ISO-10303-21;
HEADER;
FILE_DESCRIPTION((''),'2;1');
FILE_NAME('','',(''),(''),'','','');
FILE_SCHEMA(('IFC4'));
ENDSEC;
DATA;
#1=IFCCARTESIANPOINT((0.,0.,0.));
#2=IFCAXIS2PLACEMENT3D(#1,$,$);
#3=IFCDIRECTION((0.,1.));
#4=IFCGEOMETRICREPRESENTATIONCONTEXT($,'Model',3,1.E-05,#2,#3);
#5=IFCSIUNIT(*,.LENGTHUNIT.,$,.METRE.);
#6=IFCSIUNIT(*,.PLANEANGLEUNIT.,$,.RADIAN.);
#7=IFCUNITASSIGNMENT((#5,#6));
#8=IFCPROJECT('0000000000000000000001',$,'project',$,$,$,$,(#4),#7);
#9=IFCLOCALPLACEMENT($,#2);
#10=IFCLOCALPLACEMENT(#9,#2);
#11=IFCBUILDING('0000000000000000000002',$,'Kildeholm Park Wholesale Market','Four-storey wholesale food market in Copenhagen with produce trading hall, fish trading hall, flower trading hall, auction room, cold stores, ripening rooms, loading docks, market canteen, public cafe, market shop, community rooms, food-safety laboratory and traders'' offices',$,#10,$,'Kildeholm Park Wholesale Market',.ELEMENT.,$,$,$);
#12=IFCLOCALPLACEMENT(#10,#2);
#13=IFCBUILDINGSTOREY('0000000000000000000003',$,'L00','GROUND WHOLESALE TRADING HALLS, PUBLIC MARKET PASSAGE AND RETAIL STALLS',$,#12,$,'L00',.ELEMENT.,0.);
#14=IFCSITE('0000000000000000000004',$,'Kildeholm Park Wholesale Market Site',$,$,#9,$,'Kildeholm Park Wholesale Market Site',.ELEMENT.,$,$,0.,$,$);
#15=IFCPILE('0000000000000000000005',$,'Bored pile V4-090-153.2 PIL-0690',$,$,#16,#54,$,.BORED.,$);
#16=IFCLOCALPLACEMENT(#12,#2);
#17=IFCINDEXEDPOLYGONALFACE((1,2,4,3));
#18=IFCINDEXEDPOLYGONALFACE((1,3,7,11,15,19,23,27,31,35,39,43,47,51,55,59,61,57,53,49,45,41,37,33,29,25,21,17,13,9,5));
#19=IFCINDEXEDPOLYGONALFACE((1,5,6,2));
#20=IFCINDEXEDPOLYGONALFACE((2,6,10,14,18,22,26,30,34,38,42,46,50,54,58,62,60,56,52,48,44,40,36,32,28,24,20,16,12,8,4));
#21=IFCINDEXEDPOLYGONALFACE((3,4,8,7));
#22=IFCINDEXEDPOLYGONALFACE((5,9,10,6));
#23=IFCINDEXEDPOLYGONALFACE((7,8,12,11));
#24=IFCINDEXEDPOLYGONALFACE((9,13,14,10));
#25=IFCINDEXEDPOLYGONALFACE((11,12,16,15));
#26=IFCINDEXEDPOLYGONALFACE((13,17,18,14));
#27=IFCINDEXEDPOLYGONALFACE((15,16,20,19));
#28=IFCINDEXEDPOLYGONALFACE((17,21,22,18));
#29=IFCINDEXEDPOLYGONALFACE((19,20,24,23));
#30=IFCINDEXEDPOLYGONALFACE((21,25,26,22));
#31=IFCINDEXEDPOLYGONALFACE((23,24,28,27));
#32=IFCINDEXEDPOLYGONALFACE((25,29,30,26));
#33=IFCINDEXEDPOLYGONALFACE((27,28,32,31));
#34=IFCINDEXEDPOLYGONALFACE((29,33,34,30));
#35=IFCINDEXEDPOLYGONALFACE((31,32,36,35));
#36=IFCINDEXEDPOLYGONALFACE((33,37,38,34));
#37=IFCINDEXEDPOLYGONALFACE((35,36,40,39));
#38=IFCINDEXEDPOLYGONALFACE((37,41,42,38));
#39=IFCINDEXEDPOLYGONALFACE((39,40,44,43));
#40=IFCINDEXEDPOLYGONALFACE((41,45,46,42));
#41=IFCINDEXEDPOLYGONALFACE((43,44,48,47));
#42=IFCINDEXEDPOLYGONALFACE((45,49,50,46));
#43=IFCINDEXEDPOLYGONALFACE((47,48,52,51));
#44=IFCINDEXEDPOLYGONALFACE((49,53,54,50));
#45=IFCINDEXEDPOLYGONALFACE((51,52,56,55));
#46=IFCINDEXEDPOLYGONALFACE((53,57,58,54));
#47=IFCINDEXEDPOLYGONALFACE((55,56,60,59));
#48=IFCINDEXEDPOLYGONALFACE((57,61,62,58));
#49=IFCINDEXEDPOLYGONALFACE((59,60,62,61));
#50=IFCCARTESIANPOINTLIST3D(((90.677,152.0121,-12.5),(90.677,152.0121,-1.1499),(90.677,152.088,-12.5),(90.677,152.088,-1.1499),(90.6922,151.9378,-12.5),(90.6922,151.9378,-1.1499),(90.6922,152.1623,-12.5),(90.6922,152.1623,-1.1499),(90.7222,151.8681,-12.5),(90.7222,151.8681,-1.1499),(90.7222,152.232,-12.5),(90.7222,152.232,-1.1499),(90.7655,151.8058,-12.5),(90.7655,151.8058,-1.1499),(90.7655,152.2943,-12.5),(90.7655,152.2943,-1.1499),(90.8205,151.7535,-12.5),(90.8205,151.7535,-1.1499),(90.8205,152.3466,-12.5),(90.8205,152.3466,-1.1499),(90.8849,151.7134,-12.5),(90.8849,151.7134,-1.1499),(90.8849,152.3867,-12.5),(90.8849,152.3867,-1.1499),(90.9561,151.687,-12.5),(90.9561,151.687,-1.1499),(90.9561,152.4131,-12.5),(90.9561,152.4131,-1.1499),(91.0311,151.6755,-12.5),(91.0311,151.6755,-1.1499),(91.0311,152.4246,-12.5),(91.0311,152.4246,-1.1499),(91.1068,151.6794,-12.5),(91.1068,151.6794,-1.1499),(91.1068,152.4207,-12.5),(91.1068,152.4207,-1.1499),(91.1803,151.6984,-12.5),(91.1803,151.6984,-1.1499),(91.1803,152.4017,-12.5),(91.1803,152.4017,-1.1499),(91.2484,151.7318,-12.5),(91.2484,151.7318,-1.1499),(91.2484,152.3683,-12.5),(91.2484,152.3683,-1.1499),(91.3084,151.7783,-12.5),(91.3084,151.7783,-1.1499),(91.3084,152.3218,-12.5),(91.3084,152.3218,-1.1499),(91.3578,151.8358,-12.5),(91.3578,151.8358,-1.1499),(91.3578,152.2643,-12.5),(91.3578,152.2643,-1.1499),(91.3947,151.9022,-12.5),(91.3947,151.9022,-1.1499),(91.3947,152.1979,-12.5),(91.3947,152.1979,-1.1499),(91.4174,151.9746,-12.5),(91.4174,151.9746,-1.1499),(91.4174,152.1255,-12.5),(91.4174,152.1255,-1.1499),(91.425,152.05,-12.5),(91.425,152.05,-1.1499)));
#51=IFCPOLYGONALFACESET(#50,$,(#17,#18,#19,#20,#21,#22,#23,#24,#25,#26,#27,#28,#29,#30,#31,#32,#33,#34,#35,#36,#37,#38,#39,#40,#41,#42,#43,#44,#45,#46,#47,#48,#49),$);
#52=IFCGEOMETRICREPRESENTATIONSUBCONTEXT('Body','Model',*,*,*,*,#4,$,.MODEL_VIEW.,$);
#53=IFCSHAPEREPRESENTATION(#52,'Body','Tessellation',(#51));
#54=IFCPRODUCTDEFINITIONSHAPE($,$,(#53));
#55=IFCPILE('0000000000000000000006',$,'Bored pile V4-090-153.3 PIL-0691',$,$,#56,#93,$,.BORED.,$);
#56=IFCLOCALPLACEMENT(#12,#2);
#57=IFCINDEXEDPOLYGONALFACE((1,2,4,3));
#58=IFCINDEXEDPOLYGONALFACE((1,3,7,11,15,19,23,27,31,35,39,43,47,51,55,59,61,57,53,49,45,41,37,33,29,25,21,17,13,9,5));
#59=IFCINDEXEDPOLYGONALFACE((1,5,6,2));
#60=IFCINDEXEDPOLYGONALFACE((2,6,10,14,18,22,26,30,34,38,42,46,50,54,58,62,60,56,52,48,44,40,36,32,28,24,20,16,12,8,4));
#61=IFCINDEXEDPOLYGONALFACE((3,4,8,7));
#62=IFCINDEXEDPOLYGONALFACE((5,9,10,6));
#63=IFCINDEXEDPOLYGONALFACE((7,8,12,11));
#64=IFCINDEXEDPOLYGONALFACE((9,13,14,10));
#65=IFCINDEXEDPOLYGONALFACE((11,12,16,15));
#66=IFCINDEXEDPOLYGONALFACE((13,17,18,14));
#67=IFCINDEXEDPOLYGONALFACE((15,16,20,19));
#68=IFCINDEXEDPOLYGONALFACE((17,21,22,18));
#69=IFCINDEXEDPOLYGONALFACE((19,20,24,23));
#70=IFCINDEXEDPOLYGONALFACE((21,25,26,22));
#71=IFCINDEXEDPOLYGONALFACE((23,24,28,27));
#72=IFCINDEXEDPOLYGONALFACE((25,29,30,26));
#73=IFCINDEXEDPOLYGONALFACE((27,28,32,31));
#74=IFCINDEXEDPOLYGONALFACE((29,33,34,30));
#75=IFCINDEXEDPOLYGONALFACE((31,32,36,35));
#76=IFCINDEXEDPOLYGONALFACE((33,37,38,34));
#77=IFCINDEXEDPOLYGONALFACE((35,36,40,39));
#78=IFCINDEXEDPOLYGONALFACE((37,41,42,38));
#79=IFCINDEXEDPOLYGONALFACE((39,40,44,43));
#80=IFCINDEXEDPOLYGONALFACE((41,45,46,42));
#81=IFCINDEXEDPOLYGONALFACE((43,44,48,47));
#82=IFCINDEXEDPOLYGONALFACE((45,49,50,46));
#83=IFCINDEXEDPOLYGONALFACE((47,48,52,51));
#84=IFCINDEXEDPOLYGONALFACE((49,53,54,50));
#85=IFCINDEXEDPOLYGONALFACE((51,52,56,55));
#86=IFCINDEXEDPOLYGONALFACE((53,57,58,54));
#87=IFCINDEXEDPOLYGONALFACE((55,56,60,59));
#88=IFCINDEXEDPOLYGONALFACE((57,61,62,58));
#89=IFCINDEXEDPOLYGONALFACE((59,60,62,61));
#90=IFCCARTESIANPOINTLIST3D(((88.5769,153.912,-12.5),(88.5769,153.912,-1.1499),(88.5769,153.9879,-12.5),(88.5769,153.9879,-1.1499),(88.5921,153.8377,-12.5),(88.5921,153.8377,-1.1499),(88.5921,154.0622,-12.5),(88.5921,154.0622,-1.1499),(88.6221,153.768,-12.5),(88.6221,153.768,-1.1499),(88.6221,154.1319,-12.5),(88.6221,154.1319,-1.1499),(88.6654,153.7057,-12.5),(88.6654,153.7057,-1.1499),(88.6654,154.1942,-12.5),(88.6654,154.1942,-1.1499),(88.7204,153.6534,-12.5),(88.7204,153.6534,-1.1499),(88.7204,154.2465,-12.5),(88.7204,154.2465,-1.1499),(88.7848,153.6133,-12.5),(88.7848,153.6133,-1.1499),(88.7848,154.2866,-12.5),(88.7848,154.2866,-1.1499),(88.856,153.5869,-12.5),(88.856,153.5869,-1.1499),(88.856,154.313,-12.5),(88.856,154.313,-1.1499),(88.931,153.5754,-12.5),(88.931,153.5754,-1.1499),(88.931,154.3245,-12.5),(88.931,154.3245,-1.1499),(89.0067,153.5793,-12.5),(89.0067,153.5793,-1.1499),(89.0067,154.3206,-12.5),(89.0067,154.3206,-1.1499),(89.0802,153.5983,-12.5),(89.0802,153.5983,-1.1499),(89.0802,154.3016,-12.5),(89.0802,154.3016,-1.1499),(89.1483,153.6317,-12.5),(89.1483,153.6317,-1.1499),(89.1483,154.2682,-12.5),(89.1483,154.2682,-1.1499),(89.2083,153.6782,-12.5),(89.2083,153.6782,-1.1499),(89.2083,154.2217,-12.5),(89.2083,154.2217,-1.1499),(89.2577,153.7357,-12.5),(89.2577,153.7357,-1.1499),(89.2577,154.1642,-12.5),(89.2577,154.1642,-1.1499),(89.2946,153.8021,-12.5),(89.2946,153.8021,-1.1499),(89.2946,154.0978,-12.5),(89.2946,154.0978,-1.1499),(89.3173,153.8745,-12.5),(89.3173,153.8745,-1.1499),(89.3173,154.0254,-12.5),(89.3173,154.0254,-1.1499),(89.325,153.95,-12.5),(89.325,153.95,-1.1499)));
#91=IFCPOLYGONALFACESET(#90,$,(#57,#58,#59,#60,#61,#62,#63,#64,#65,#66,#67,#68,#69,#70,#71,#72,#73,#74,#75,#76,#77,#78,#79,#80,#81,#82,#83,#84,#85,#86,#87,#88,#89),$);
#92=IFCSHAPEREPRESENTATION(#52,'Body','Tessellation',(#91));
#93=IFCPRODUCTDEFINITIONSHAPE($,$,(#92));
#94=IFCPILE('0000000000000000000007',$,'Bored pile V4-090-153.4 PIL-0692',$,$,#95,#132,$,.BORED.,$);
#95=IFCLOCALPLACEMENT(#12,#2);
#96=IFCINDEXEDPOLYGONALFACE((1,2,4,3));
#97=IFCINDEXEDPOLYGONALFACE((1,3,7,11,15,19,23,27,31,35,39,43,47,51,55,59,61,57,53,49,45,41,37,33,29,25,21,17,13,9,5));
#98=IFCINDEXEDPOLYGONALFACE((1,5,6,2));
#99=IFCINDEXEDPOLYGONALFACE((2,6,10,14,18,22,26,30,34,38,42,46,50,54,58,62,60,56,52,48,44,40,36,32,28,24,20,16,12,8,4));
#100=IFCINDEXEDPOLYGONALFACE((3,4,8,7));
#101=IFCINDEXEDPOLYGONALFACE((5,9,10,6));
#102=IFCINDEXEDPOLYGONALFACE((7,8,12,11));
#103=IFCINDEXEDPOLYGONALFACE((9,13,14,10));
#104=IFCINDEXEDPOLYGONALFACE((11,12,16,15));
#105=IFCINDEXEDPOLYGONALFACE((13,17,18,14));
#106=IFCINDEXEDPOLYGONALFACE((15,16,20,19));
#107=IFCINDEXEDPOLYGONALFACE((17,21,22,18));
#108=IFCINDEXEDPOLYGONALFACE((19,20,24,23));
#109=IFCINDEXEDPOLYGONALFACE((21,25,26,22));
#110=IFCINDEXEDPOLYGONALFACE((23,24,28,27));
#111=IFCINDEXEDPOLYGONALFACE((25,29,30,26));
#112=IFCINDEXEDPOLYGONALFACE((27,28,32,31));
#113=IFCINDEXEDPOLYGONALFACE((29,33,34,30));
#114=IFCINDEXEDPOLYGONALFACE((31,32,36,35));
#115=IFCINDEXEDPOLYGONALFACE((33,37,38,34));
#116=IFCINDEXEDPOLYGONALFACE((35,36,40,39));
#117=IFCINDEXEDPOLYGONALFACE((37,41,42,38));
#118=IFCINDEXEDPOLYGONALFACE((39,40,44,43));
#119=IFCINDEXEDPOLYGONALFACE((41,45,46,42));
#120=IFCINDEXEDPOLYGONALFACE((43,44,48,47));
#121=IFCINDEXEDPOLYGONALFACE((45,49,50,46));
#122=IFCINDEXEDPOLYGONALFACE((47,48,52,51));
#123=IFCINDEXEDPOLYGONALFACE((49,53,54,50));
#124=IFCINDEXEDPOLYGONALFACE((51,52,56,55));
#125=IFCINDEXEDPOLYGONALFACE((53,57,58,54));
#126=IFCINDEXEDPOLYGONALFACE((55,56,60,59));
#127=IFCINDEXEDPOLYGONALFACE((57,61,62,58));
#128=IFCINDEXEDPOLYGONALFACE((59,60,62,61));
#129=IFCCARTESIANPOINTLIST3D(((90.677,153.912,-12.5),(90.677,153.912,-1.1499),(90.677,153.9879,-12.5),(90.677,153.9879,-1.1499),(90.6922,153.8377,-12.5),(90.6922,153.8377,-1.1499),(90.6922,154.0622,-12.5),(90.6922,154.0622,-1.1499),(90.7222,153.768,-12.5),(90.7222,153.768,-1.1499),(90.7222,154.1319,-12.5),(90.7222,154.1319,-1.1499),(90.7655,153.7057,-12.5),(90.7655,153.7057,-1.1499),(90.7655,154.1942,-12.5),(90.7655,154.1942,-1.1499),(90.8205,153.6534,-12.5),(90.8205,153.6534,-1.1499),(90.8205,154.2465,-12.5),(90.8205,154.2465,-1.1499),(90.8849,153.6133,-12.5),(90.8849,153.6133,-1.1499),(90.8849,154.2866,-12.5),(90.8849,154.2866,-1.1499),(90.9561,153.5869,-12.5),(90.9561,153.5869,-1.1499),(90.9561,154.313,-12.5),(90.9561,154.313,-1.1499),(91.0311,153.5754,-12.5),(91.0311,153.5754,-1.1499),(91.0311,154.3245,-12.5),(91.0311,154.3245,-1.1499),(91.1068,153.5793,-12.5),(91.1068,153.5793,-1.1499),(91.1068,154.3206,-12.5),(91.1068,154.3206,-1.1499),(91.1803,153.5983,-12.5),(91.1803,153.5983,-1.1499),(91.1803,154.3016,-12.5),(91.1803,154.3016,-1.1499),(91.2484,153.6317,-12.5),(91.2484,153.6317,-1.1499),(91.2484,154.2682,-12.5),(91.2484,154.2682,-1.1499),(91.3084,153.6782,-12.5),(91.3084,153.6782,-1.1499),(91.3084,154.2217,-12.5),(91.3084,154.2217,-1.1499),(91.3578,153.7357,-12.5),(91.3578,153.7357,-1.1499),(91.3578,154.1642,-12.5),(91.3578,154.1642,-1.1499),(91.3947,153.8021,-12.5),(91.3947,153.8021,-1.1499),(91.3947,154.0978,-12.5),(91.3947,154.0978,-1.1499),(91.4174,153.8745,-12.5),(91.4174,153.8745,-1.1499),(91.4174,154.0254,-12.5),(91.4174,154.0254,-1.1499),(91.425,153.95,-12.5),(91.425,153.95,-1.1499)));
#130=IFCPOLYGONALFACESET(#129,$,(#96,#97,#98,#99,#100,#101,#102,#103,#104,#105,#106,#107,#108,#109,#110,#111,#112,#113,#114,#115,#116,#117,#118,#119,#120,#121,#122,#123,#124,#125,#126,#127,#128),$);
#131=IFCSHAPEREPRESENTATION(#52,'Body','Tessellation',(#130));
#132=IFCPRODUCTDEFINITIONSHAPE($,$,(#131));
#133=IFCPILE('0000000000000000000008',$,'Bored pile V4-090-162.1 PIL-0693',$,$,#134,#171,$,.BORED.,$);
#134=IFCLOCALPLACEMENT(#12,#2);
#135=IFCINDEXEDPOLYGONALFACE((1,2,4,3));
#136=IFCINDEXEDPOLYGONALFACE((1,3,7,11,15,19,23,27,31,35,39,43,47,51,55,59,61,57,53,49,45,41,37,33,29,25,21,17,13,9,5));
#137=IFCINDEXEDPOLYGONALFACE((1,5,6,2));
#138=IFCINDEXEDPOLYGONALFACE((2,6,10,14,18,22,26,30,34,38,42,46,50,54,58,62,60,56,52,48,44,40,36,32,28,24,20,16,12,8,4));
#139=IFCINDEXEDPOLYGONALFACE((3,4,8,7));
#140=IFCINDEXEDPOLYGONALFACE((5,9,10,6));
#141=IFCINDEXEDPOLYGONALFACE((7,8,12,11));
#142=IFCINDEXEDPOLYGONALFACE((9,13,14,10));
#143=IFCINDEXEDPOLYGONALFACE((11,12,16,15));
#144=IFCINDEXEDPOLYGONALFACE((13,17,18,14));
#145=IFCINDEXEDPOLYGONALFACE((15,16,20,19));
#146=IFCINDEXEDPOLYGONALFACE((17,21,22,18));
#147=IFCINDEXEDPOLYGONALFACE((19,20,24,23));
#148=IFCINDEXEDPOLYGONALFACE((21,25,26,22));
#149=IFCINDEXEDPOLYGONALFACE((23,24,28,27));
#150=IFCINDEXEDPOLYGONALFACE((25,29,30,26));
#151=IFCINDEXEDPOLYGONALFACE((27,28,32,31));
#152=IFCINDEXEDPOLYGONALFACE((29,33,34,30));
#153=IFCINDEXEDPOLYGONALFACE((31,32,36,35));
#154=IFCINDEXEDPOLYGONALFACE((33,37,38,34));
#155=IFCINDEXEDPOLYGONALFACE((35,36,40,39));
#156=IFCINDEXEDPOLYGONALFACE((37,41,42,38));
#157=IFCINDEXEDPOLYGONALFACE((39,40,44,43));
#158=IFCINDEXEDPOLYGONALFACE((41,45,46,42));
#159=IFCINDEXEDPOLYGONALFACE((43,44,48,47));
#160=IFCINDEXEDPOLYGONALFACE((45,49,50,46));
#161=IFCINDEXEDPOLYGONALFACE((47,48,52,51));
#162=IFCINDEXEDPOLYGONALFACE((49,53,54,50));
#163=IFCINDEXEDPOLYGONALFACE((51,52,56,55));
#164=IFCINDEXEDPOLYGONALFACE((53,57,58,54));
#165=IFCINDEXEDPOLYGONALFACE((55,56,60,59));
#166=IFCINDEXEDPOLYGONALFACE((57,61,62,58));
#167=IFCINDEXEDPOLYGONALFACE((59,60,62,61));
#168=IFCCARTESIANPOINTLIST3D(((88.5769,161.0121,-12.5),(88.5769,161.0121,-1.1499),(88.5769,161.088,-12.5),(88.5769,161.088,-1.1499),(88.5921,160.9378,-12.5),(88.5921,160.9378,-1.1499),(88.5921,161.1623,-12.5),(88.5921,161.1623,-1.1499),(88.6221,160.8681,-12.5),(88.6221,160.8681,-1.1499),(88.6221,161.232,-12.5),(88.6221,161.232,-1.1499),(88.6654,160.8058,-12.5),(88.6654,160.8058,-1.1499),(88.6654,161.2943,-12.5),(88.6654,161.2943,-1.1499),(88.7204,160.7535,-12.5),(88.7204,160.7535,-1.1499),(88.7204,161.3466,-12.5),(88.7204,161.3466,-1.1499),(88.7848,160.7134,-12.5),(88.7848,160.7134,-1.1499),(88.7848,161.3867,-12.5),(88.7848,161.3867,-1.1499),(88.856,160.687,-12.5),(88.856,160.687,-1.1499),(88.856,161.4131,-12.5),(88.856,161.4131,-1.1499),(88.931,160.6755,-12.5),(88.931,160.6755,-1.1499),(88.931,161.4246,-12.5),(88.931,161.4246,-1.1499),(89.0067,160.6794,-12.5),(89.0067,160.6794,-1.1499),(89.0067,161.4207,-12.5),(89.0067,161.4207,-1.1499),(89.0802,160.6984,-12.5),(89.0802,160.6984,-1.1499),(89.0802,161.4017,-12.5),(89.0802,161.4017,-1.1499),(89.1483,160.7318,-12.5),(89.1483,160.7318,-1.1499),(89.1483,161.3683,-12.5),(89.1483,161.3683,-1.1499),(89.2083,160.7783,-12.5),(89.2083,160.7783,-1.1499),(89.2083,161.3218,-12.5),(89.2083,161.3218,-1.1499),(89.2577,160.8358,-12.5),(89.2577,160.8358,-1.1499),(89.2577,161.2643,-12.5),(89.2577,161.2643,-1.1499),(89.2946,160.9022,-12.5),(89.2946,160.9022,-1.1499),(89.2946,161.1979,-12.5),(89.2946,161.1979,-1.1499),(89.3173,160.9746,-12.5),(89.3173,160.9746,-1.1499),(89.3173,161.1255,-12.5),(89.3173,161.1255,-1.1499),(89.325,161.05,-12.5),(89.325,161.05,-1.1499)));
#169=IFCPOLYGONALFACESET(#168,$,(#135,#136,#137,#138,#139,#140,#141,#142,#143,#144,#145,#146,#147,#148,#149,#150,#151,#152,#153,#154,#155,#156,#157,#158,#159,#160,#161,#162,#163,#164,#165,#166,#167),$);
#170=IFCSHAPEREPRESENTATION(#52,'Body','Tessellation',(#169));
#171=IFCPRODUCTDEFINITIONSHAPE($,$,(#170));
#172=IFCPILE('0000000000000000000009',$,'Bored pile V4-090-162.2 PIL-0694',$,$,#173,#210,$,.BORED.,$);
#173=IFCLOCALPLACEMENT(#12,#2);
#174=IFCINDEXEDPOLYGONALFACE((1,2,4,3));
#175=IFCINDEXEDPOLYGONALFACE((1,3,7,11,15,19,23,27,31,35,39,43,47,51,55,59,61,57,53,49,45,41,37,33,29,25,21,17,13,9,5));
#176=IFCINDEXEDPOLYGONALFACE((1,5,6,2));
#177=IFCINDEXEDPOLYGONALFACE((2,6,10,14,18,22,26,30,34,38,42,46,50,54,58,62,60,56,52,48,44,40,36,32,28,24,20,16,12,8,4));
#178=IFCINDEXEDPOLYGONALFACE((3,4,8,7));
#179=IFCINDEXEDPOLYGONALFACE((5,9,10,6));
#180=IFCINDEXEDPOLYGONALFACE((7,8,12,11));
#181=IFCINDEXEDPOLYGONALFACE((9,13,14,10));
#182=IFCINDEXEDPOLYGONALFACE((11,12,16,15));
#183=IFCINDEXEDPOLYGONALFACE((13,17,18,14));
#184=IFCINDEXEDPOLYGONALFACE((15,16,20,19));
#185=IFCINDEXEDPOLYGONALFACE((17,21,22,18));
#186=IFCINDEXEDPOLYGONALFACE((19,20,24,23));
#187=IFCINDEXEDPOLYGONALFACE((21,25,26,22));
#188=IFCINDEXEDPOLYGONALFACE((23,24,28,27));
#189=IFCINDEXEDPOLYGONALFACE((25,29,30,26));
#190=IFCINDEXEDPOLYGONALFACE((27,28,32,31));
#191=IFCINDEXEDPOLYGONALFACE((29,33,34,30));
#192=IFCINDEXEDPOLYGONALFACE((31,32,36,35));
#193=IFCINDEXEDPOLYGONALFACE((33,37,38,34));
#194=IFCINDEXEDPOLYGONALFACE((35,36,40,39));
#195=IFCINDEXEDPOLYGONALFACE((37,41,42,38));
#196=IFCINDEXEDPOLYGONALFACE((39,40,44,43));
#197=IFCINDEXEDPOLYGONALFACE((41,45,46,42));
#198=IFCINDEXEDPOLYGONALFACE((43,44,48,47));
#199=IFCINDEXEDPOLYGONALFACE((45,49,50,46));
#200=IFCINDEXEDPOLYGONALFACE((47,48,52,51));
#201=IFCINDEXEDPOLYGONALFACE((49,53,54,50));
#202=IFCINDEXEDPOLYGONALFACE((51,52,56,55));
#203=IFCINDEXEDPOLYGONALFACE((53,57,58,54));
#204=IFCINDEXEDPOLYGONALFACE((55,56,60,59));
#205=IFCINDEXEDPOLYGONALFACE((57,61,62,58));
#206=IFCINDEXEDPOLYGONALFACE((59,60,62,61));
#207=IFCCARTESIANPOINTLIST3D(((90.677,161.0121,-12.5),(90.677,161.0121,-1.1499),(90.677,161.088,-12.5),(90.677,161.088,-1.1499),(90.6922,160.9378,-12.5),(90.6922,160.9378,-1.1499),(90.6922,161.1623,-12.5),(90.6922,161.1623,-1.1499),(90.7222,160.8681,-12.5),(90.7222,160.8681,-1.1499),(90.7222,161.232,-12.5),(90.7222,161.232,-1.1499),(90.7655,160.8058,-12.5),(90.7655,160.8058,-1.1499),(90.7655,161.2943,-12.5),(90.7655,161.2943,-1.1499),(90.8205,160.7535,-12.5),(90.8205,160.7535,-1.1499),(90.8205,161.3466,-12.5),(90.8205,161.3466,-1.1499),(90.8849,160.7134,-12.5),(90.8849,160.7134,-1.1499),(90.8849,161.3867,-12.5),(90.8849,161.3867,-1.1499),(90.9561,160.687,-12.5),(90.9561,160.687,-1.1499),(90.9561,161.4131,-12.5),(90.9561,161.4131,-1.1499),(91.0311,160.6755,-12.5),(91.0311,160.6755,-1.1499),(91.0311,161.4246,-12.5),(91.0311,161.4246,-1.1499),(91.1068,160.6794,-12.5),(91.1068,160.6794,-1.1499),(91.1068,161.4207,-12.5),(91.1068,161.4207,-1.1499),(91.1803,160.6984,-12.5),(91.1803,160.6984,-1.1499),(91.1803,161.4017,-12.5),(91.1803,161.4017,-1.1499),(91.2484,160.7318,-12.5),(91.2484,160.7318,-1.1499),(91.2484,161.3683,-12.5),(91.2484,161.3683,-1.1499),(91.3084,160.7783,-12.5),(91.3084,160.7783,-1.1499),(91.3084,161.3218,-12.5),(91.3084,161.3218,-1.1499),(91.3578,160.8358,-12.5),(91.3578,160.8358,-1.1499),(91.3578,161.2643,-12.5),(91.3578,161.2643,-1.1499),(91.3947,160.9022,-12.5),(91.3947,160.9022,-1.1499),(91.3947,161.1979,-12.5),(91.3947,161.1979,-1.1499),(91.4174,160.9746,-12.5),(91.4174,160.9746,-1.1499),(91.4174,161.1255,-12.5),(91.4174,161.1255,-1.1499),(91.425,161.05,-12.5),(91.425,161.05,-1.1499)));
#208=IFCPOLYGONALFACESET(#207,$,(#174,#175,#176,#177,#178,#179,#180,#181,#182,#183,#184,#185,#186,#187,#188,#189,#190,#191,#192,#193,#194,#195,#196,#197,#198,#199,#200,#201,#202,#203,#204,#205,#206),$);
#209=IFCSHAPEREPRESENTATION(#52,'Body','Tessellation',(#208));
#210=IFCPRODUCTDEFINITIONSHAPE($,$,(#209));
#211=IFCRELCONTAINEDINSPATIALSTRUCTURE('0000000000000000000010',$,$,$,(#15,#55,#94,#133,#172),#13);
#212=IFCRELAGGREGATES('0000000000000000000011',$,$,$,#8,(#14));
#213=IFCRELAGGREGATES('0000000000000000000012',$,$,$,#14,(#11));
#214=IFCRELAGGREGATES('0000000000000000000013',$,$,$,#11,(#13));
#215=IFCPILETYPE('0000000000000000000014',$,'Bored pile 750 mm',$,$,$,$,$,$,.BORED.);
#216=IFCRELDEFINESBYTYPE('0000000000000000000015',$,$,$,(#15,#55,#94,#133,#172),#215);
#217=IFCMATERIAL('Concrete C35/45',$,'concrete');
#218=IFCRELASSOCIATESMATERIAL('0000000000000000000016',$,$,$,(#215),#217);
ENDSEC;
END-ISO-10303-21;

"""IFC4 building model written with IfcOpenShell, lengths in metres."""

from ifc_helpers import new_model, si_unit, direction, frame, origin, origin_2d, place, context, subcontext, project, spatial, circle, extrude, material, material_profile, profile_set, type_object, element, save


model = new_model("IFC4")

# Units and contexts
model_context = context("Model", 3, precision=1e-05, world=origin(), true_north=direction((0.0, 1.0)))
body_context = subcontext(model_context, "Body", "Model", "MODEL_VIEW")
ifc_project = project(units=[si_unit("LENGTHUNIT", "METRE"), si_unit("PLANEANGLEUNIT", "RADIAN")], contexts=[model_context])

# Site, building, storey
site_placement = place(None, origin())
site = spatial("IfcSite", under=ifc_project, at=site_placement, Name="Kildeholm Park Wholesale Market Site", LongName="Kildeholm Park Wholesale Market Site", CompositionType="ELEMENT", RefElevation=0.0)
building_placement = place(site_placement, origin())
building = spatial("IfcBuilding", under=site, at=building_placement, Name="Kildeholm Park Wholesale Market", Description="Four-storey wholesale food market in Copenhagen with produce trading hall, fish trading hall, flower trading hall, auction room, cold stores, ripening rooms, loading docks, market canteen, public cafe, market shop, community rooms, food-safety laboratory and traders' offices", LongName="Kildeholm Park Wholesale Market", CompositionType="ELEMENT")
storey_placement = place(building_placement, origin())
storey = spatial("IfcBuildingStorey", under=building, at=storey_placement, Name="L00", Description="GROUND WHOLESALE TRADING HALLS, PUBLIC MARKET PASSAGE AND RETAIL STALLS", LongName="L00", CompositionType="ELEMENT", Elevation=0.0)

# Piles
ifc_material_1 = material(Name="Concrete C35/45", Category="concrete")
ifc_material_profile_1 = material_profile(ifc_material_1, circle(Radius=0.375, at=origin_2d()), Name="PILE D750")
ifc_profile_set_1 = profile_set([ifc_material_profile_1], Name="Concrete C35/45")
pile_type = type_object("IfcPileType", Name="Bored pile 750 mm", PredefinedType="BORED", material=ifc_profile_set_1)
for number, where, z_axis, x_axis, name in (
    (1, (91.05, 152.05, -1.1499), (0.0, 0.0, -1.0), (1.0, 0.0, 0.0), "Bored pile V4-090-153.2 PIL-0690"),
    (2, (88.95, 153.95, -1.1499), (0.0, 0.0, -1.0), (1.0, 0.0, 0.0), "Bored pile V4-090-153.3 PIL-0691"),
    (3, (91.05, 153.95, -1.1499), (0.0, 0.0, -1.0), (1.0, 0.0, 0.0), "Bored pile V4-090-153.4 PIL-0692"),
    (4, (88.95, 161.05, -1.1499), (0.0, 0.0, -1.0), (1.0, 0.0, 0.0), "Bored pile V4-090-162.1 PIL-0693"),
    (5, (91.05, 161.05, -1.1499), (0.0, 0.0, -1.0), (1.0, 0.0, 0.0), "Bored pile V4-090-162.2 PIL-0694"),
):
    element("IfcPile", number, at=place(storey_placement, frame(where, z_axis=z_axis, x_axis=x_axis)), inside=storey, type_object=pile_type, Name=name, PredefinedType="BORED", context=body_context, shape_type="SweptSolid", body=[
        extrude(circle(Radius=0.375, at=origin_2d()), origin(), (0.0, 0.0, 1.0), 11.3501),
    ])

save(model, "model.ifc")
